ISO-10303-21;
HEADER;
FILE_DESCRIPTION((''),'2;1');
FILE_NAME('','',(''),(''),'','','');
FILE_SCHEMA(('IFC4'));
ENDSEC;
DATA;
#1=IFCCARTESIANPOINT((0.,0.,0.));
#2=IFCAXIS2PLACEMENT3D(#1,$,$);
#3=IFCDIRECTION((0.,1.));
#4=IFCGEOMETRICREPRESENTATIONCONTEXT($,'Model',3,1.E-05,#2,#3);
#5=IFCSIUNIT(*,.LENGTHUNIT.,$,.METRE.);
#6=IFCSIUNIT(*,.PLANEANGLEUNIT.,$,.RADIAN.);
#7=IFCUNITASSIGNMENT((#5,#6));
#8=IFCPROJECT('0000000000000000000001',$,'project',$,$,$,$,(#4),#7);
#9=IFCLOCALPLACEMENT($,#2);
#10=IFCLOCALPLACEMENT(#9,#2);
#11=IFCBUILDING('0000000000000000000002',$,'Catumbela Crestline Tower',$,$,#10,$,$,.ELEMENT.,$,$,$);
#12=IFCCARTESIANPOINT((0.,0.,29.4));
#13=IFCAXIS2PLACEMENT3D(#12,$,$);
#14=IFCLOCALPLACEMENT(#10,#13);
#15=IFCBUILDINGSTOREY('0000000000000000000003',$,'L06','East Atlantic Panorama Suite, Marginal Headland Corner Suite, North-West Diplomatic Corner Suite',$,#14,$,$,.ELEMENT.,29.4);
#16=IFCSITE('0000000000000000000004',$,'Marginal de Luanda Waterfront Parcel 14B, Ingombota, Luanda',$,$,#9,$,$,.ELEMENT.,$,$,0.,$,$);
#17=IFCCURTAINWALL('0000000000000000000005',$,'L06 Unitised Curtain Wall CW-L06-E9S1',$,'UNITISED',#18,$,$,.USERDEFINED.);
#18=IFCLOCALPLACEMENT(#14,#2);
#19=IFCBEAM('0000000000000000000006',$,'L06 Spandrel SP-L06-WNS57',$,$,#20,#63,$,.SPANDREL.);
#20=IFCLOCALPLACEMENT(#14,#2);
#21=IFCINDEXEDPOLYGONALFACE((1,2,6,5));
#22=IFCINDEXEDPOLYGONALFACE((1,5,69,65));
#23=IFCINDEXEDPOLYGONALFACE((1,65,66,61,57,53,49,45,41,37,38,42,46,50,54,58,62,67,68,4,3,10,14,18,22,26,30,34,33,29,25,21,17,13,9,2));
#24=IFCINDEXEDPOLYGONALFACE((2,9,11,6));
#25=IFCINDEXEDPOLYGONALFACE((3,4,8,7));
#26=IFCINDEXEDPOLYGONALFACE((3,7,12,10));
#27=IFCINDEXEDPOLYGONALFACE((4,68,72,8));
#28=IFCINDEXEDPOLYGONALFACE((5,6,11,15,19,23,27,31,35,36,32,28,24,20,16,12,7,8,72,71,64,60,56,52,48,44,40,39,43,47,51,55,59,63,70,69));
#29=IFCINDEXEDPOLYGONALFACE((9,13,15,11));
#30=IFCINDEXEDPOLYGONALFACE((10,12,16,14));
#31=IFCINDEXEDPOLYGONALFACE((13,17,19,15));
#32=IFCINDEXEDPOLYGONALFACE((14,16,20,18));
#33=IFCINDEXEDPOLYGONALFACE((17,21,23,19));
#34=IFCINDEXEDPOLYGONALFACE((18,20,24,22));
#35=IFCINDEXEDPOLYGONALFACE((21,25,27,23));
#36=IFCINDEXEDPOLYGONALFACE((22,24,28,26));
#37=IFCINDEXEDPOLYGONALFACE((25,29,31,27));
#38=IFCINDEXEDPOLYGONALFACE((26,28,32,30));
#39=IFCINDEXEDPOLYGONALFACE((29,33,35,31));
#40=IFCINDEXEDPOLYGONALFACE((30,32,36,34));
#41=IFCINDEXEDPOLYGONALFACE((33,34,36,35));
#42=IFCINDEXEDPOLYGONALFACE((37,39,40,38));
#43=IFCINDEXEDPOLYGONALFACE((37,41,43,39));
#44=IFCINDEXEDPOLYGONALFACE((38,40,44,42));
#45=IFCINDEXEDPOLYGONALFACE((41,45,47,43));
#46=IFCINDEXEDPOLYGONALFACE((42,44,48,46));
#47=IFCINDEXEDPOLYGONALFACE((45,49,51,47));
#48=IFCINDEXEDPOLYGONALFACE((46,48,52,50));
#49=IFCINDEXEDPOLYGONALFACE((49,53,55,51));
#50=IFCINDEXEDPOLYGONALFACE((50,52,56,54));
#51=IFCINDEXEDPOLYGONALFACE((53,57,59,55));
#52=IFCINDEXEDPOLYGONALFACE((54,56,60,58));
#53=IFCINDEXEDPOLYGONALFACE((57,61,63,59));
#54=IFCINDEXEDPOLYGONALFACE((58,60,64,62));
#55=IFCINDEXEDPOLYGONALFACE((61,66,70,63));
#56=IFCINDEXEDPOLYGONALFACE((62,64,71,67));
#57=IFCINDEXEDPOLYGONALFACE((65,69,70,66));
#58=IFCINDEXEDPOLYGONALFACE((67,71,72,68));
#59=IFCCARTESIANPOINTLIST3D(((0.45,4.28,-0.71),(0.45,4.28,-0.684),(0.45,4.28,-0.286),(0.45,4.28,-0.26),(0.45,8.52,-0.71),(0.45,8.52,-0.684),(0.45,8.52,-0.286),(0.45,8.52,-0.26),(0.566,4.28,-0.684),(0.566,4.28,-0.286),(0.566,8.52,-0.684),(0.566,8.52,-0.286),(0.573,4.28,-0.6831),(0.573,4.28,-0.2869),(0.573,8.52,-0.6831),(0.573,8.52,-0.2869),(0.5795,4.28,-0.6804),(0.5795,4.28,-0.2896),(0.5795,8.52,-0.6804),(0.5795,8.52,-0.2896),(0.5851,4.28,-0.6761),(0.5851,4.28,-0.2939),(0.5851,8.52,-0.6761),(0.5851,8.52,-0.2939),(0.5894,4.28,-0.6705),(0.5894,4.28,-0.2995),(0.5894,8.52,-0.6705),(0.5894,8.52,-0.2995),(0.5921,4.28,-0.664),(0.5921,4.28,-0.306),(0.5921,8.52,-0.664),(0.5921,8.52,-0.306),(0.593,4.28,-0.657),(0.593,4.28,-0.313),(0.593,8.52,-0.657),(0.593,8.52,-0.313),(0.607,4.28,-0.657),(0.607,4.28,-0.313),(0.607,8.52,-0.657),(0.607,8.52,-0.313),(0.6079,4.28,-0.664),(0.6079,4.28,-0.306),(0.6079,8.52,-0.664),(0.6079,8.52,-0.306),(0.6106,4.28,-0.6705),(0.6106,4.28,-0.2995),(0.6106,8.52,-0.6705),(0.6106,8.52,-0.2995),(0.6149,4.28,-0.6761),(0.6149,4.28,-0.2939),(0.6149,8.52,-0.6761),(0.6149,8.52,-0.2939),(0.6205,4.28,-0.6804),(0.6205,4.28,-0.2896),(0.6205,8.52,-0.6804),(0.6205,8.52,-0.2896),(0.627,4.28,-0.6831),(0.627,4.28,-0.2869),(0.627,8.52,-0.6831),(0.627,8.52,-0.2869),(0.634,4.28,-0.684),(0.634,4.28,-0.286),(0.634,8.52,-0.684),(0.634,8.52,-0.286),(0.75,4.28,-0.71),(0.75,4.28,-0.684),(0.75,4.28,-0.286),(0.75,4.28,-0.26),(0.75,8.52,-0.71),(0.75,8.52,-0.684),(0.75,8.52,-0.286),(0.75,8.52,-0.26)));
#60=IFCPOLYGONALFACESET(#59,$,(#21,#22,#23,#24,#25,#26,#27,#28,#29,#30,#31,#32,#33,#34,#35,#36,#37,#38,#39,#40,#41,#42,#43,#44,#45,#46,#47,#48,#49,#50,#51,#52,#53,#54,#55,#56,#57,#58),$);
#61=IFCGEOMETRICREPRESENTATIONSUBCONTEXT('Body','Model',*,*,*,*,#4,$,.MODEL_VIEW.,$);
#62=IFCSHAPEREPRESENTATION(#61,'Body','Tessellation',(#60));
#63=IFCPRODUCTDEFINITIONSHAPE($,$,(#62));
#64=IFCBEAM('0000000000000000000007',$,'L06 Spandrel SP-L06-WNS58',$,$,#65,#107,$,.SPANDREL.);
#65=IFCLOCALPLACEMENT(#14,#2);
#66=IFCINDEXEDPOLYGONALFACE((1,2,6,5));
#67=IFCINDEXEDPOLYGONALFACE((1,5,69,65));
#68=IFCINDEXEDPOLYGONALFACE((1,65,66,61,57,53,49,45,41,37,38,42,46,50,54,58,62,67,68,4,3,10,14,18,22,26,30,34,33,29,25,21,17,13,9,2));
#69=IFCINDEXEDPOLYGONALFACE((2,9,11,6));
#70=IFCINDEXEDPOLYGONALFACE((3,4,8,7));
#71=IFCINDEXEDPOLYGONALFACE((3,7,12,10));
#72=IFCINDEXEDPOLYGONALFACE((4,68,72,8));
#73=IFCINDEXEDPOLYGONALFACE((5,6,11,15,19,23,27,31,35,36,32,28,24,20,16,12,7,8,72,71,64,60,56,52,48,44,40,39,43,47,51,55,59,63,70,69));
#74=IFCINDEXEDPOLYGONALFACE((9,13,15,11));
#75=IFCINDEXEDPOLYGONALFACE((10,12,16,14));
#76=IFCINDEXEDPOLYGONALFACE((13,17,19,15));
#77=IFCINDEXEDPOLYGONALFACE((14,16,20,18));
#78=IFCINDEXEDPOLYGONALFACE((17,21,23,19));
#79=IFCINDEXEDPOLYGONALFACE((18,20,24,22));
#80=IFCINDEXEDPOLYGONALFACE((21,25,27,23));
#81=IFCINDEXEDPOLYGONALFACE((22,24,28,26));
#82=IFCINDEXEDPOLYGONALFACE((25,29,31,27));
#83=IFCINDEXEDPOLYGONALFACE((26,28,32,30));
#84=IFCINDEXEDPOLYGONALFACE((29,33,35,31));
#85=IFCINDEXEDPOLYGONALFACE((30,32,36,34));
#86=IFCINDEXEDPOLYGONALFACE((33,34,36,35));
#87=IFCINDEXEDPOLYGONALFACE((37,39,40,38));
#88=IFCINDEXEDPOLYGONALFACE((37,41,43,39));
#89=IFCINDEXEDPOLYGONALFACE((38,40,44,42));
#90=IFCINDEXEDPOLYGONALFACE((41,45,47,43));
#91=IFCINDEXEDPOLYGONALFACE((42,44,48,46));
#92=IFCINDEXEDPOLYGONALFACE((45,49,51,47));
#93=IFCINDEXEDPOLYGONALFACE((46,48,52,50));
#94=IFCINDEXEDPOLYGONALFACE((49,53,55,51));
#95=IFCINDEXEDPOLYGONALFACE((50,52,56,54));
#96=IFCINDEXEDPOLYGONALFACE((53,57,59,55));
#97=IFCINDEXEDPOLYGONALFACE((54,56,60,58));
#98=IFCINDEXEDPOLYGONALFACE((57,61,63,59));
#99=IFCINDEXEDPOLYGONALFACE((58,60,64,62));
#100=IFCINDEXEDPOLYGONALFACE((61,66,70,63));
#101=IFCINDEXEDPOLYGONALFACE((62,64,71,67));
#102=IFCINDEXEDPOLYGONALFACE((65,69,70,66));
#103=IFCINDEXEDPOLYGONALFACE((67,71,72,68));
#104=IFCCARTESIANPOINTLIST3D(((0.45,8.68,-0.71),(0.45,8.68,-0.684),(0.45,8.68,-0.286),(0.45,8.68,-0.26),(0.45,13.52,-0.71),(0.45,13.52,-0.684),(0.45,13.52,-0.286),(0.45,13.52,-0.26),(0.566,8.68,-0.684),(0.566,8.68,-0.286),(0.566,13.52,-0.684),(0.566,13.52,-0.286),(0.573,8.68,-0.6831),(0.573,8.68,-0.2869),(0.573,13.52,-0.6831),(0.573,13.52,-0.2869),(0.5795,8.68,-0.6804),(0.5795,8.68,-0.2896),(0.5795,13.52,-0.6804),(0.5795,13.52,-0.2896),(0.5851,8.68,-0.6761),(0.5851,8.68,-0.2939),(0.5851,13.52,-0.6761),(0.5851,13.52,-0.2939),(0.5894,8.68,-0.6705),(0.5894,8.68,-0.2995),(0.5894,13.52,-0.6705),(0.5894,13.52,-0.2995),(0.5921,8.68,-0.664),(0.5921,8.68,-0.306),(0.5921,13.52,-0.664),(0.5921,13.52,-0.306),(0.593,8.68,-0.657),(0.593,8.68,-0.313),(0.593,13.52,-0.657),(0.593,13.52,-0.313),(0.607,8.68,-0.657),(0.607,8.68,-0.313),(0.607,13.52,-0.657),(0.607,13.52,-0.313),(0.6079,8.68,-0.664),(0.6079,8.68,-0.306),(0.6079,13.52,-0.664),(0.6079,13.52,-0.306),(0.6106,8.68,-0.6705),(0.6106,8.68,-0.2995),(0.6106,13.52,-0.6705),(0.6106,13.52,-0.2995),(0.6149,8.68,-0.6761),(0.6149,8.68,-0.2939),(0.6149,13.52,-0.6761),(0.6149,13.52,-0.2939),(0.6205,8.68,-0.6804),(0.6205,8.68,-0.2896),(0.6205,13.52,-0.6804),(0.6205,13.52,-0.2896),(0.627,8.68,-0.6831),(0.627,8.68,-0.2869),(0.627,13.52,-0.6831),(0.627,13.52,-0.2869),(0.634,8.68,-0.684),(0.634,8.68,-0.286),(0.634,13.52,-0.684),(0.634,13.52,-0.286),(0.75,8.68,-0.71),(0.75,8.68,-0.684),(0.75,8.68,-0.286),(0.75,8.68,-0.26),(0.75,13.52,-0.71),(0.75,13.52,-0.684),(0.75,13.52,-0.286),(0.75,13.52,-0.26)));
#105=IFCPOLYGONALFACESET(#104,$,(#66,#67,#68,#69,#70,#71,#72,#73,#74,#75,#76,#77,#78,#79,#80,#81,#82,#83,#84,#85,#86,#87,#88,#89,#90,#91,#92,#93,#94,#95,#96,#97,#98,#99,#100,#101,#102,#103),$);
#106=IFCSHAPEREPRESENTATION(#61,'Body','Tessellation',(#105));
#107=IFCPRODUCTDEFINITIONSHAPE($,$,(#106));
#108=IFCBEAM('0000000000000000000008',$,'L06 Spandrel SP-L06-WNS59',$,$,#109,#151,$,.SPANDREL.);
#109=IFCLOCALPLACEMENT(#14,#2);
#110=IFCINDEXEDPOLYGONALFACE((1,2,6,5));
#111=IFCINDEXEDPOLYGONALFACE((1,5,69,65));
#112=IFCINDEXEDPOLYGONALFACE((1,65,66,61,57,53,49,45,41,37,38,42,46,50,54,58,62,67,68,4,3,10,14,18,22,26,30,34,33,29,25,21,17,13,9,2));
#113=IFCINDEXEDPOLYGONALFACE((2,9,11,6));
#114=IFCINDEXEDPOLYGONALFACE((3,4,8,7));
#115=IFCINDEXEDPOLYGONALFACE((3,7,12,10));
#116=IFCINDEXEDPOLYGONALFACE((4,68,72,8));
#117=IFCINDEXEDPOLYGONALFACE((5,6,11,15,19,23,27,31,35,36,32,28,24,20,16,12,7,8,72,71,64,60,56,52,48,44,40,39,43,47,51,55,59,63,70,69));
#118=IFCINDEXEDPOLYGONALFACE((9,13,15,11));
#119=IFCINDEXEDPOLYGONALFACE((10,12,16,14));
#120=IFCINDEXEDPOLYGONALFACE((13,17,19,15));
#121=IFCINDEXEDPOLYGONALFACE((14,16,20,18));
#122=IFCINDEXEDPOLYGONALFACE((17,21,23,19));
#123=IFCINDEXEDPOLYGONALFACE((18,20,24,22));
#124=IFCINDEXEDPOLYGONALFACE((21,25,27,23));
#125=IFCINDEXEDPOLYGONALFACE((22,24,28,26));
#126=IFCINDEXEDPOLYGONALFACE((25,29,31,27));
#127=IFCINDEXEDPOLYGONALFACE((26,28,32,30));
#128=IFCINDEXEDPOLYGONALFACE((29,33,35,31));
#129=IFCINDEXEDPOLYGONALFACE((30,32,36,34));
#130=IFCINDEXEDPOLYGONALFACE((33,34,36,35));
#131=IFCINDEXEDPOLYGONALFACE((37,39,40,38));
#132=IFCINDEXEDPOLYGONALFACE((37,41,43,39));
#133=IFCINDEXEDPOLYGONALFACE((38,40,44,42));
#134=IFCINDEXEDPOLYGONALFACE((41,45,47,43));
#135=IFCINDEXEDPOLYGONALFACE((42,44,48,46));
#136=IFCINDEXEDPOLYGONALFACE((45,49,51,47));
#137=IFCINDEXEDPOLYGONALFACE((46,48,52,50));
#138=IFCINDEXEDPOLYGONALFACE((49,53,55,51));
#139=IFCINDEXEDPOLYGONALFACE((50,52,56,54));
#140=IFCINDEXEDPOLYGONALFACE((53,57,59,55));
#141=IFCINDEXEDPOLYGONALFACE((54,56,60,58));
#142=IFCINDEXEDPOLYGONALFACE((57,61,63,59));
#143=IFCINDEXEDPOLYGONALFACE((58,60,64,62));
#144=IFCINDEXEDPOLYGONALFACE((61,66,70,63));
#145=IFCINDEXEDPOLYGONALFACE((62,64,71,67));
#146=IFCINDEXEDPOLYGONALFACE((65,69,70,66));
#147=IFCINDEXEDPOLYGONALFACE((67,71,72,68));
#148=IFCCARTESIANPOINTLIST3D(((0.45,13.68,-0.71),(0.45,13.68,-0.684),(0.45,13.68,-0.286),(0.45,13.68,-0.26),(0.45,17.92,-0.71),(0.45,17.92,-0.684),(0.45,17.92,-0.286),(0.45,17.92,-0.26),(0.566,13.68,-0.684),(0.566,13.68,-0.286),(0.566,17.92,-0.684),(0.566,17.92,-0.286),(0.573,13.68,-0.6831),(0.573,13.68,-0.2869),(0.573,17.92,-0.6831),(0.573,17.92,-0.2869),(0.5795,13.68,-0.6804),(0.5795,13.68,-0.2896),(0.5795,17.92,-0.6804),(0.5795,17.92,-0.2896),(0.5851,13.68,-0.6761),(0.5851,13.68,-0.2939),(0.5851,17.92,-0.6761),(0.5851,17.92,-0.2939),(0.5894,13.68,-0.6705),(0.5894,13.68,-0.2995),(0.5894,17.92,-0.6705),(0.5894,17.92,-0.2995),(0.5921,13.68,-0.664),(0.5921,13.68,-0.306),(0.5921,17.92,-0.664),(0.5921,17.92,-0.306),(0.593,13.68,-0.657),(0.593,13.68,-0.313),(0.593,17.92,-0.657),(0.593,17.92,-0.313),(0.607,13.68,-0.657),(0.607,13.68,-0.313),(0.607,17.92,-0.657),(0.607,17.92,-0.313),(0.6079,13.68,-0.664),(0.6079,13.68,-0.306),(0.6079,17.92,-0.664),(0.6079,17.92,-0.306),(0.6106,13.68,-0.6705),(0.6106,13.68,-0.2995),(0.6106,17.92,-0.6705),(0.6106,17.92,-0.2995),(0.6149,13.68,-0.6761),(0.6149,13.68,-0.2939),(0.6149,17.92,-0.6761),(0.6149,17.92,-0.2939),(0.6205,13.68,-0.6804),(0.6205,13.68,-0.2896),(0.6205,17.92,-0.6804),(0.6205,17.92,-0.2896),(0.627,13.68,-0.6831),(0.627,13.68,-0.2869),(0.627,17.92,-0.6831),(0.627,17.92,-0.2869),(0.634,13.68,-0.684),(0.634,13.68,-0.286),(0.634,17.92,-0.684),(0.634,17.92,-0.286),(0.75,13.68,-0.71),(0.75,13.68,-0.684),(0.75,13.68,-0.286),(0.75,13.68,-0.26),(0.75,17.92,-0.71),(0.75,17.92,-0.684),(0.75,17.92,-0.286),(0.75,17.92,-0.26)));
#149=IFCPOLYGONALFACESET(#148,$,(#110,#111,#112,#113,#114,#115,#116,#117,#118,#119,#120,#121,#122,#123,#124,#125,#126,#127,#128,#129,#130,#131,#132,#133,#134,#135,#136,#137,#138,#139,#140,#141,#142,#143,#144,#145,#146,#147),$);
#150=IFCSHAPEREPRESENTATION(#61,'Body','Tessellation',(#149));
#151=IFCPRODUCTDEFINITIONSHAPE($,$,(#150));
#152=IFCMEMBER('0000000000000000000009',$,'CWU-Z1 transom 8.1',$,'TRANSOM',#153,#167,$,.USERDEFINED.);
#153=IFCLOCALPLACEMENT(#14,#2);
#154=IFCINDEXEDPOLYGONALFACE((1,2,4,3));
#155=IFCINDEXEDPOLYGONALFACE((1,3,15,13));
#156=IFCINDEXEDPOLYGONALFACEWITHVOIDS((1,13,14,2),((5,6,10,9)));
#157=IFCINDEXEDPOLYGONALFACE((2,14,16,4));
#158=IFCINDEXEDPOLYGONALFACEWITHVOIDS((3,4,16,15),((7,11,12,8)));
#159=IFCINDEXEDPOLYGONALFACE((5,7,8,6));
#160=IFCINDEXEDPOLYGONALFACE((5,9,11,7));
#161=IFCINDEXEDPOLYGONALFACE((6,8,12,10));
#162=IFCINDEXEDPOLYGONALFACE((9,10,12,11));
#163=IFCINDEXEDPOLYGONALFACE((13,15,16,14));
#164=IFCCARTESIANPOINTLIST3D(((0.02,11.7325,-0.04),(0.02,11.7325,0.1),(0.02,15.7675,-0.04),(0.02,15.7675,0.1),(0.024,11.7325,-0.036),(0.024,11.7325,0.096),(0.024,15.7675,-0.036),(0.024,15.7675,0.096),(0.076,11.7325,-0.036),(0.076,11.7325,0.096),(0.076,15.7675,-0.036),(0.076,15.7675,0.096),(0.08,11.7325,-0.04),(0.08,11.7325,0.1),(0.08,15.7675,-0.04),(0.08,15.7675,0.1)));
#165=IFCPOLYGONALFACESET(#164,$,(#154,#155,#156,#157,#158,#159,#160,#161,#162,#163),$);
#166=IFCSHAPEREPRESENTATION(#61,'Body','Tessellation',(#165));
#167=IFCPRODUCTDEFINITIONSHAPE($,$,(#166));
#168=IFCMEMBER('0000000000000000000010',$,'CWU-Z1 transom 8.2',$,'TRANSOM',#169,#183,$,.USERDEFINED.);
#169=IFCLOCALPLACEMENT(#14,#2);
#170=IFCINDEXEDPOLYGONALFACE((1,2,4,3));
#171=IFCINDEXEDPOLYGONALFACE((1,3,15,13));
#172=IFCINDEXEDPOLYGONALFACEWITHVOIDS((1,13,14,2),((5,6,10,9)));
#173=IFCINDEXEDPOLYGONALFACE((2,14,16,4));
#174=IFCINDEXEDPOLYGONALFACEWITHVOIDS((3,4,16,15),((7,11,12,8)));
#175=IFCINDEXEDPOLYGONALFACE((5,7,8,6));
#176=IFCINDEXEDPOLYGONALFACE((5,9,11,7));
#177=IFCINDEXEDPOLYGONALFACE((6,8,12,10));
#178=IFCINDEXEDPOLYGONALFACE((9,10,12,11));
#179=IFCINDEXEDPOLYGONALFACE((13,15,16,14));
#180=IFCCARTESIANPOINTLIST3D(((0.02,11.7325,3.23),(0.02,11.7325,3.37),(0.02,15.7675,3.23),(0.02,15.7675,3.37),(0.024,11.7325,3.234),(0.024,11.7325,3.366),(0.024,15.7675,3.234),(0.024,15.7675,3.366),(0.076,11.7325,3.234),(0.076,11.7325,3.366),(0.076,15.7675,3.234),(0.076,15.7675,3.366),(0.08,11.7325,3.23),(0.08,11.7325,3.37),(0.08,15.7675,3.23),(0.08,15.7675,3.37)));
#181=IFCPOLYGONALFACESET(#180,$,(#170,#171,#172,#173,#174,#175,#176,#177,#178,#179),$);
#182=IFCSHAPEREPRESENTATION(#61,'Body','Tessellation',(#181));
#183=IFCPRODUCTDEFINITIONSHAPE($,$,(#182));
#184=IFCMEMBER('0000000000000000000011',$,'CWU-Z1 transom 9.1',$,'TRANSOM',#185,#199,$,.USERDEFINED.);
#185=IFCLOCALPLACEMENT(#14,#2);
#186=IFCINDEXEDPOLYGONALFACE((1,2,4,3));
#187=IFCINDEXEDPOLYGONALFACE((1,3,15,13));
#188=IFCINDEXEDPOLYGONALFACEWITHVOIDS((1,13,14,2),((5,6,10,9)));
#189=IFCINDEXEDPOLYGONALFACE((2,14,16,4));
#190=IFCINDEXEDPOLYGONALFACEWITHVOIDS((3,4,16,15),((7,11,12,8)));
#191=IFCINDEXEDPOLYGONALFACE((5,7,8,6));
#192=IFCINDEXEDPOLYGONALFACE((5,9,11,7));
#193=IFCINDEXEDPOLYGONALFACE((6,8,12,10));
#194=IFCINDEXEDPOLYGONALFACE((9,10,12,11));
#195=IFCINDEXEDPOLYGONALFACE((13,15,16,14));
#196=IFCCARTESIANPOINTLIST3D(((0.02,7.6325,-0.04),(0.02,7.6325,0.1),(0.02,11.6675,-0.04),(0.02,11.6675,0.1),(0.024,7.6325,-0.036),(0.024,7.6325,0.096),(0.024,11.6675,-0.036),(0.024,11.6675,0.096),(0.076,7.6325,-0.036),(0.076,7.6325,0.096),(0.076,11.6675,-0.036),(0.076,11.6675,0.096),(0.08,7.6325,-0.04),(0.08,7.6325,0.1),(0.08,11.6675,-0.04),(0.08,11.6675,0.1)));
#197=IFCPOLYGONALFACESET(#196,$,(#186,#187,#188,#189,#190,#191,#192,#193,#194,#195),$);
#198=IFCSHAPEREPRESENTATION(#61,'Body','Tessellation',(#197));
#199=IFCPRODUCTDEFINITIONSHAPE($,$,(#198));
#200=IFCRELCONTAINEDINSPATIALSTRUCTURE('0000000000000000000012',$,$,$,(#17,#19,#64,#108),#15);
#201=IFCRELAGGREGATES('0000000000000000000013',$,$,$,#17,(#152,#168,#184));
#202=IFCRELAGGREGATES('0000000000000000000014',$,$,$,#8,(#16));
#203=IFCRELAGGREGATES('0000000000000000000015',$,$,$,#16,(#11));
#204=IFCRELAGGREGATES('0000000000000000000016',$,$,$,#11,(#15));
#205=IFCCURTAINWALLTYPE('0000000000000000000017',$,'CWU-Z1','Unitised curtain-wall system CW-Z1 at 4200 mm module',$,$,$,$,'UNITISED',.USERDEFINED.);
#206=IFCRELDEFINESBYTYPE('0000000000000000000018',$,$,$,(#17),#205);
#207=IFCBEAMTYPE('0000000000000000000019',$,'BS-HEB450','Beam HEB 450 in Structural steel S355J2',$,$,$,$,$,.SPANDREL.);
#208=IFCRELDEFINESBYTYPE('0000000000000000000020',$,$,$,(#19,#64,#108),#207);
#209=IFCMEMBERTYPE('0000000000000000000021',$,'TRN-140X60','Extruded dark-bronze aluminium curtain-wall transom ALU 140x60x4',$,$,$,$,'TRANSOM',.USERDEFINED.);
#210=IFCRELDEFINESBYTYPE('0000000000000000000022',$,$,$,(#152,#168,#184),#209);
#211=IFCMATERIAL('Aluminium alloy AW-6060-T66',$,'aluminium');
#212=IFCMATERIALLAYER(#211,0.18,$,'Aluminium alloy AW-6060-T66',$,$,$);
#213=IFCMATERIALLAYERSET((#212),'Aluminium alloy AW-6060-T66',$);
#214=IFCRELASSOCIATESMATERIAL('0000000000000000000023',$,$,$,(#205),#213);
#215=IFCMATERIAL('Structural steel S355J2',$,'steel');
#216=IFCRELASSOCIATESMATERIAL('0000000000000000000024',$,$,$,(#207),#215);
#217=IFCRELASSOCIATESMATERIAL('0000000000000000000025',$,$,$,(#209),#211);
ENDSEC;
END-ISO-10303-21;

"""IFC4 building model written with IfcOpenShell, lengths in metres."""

from ifc_helpers import new_model, si_unit, direction, frame, origin, origin_2d, place, context, subcontext, project, spatial, hollow_rectangle, i_section, extrude, material, layer, layer_set, material_profile, profile_set, type_object, element, aggregate, save


model = new_model("IFC4")

# Units and contexts
model_context = context("Model", 3, precision=1e-05, world=origin(), true_north=direction((0.0, 1.0)))
body_context = subcontext(model_context, "Body", "Model", "MODEL_VIEW")
ifc_project = project(units=[si_unit("LENGTHUNIT", "METRE"), si_unit("PLANEANGLEUNIT", "RADIAN")], contexts=[model_context])

# Site, building, storey
site_placement = place(None, origin())
site = spatial("IfcSite", under=ifc_project, at=site_placement, Name="Marginal de Luanda Waterfront Parcel 14B, Ingombota, Luanda", CompositionType="ELEMENT", RefElevation=0.0)
building_placement = place(site_placement, origin())
building = spatial("IfcBuilding", under=site, at=building_placement, Name="Catumbela Crestline Tower", CompositionType="ELEMENT")
storey_placement = place(building_placement, frame((0.0, 0.0, 29.4)))
storey = spatial("IfcBuildingStorey", under=building, at=storey_placement, Name="L06", Description="East Atlantic Panorama Suite, Marginal Headland Corner Suite, North-West Diplomatic Corner Suite", CompositionType="ELEMENT", Elevation=29.4)

# Shared definitions
ifc_material_1 = material(Name="Structural steel S355J2", Category="steel")

# Curtain wall
ifc_material_2 = material(Name="Aluminium alloy AW-6060-T66", Category="aluminium")
ifc_layer_1 = layer(ifc_material_2, 0.18, Name="Aluminium alloy AW-6060-T66")
ifc_layer_set_1 = layer_set([ifc_layer_1], Name="Aluminium alloy AW-6060-T66")
curtain_wall_type = type_object("IfcCurtainWallType", Name="CWU-Z1", Description="Unitised curtain-wall system CW-Z1 at 4200 mm module", ElementType="UNITISED", PredefinedType="USERDEFINED", material=ifc_layer_set_1)
curtain_wall_placement = place(storey_placement, origin())
curtain_wall = element("IfcCurtainWall", 1, at=curtain_wall_placement, inside=storey, type_object=curtain_wall_type, Name="L06 Unitised Curtain Wall CW-L06-E9S1", ObjectType="UNITISED", PredefinedType="USERDEFINED")

# Beams
ifc_material_profile_1 = material_profile(ifc_material_1, i_section(OverallWidth=0.3, OverallDepth=0.45, WebThickness=0.014, FlangeThickness=0.026, FilletRadius=0.027, at=origin_2d()), Name="HEB 450")
ifc_profile_set_1 = profile_set([ifc_material_profile_1], Name="Structural steel S355J2")
beam_type_1 = type_object("IfcBeamType", Name="BS-HEB450", Description="Beam HEB 450 in Structural steel S355J2", PredefinedType="SPANDREL", material=ifc_profile_set_1)
beam_1_placement = place(storey_placement, frame((0.6, 4.28, -0.485), z_axis=(0.0, 1.0, 0.0), x_axis=(-1.0, 0.0, 0.0)))
element("IfcBeam", 2, at=beam_1_placement, inside=storey, type_object=beam_type_1, Name="L06 Spandrel SP-L06-WNS57", PredefinedType="SPANDREL", context=body_context, shape_type="SweptSolid", body=[
    extrude(i_section(OverallWidth=0.3, OverallDepth=0.45, WebThickness=0.014, FlangeThickness=0.026, FilletRadius=0.027, at=origin_2d()), origin(), (0.0, 0.0, 1.0), 4.24),
])
beam_2_placement = place(storey_placement, frame((0.6, 8.68, -0.485), z_axis=(0.0, 1.0, 0.0), x_axis=(-1.0, 0.0, 0.0)))
element("IfcBeam", 3, at=beam_2_placement, inside=storey, type_object=beam_type_1, Name="L06 Spandrel SP-L06-WNS58", PredefinedType="SPANDREL", context=body_context, shape_type="SweptSolid", body=[
    extrude(i_section(OverallWidth=0.3, OverallDepth=0.45, WebThickness=0.014, FlangeThickness=0.026, FilletRadius=0.027, at=origin_2d()), origin(), (0.0, 0.0, 1.0), 4.84),
])
beam_3_placement = place(storey_placement, frame((0.6, 13.68, -0.485), z_axis=(0.0, 1.0, 0.0), x_axis=(-1.0, 0.0, 0.0)))
element("IfcBeam", 4, at=beam_3_placement, inside=storey, type_object=beam_type_1, Name="L06 Spandrel SP-L06-WNS59", PredefinedType="SPANDREL", context=body_context, shape_type="SweptSolid", body=[
    extrude(i_section(OverallWidth=0.3, OverallDepth=0.45, WebThickness=0.014, FlangeThickness=0.026, FilletRadius=0.027, at=origin_2d()), origin(), (0.0, 0.0, 1.0), 4.24),
])

# Members
ifc_material_profile_2 = material_profile(ifc_material_2, hollow_rectangle(XDim=0.06, YDim=0.14, WallThickness=0.004, at=origin_2d()), Name="ALU 140x60x4")
ifc_profile_set_2 = profile_set([ifc_material_profile_2], Name="Aluminium alloy AW-6060-T66")
member_type_1 = type_object("IfcMemberType", Name="TRN-140X60", Description="Extruded dark-bronze aluminium curtain-wall transom ALU 140x60x4", ElementType="TRANSOM", PredefinedType="USERDEFINED", material=ifc_profile_set_2)
member_1_placement = place(storey_placement, frame((0.05, 15.7675, 0.03), z_axis=(0.0, -1.0, 0.0), x_axis=(1.0, 0.0, 0.0)))
member_1 = element("IfcMember", 5, at=member_1_placement, type_object=member_type_1, Name="CWU-Z1 transom 8.1", ObjectType="TRANSOM", PredefinedType="USERDEFINED", context=body_context, shape_type="SweptSolid", body=[
    extrude(hollow_rectangle(XDim=0.06, YDim=0.14, WallThickness=0.004, at=origin_2d()), origin(), (0.0, 0.0, 1.0), 4.035),
])
member_2_placement = place(storey_placement, frame((0.05, 15.7675, 3.3), z_axis=(0.0, -1.0, 0.0), x_axis=(1.0, 0.0, 0.0)))
member_2 = element("IfcMember", 6, at=member_2_placement, type_object=member_type_1, Name="CWU-Z1 transom 8.2", ObjectType="TRANSOM", PredefinedType="USERDEFINED", context=body_context, shape_type="SweptSolid", body=[
    extrude(hollow_rectangle(XDim=0.06, YDim=0.14, WallThickness=0.004, at=origin_2d()), origin(), (0.0, 0.0, 1.0), 4.035),
])
member_3_placement = place(storey_placement, frame((0.05, 11.6675, 0.03), z_axis=(0.0, -1.0, 0.0), x_axis=(1.0, 0.0, 0.0)))
member_3 = element("IfcMember", 7, at=member_3_placement, type_object=member_type_1, Name="CWU-Z1 transom 9.1", ObjectType="TRANSOM", PredefinedType="USERDEFINED", context=body_context, shape_type="SweptSolid", body=[
    extrude(hollow_rectangle(XDim=0.06, YDim=0.14, WallThickness=0.004, at=origin_2d()), origin(), (0.0, 0.0, 1.0), 4.035),
])

aggregate(curtain_wall, [member_1, member_2, member_3])

save(model, "model.ifc")
